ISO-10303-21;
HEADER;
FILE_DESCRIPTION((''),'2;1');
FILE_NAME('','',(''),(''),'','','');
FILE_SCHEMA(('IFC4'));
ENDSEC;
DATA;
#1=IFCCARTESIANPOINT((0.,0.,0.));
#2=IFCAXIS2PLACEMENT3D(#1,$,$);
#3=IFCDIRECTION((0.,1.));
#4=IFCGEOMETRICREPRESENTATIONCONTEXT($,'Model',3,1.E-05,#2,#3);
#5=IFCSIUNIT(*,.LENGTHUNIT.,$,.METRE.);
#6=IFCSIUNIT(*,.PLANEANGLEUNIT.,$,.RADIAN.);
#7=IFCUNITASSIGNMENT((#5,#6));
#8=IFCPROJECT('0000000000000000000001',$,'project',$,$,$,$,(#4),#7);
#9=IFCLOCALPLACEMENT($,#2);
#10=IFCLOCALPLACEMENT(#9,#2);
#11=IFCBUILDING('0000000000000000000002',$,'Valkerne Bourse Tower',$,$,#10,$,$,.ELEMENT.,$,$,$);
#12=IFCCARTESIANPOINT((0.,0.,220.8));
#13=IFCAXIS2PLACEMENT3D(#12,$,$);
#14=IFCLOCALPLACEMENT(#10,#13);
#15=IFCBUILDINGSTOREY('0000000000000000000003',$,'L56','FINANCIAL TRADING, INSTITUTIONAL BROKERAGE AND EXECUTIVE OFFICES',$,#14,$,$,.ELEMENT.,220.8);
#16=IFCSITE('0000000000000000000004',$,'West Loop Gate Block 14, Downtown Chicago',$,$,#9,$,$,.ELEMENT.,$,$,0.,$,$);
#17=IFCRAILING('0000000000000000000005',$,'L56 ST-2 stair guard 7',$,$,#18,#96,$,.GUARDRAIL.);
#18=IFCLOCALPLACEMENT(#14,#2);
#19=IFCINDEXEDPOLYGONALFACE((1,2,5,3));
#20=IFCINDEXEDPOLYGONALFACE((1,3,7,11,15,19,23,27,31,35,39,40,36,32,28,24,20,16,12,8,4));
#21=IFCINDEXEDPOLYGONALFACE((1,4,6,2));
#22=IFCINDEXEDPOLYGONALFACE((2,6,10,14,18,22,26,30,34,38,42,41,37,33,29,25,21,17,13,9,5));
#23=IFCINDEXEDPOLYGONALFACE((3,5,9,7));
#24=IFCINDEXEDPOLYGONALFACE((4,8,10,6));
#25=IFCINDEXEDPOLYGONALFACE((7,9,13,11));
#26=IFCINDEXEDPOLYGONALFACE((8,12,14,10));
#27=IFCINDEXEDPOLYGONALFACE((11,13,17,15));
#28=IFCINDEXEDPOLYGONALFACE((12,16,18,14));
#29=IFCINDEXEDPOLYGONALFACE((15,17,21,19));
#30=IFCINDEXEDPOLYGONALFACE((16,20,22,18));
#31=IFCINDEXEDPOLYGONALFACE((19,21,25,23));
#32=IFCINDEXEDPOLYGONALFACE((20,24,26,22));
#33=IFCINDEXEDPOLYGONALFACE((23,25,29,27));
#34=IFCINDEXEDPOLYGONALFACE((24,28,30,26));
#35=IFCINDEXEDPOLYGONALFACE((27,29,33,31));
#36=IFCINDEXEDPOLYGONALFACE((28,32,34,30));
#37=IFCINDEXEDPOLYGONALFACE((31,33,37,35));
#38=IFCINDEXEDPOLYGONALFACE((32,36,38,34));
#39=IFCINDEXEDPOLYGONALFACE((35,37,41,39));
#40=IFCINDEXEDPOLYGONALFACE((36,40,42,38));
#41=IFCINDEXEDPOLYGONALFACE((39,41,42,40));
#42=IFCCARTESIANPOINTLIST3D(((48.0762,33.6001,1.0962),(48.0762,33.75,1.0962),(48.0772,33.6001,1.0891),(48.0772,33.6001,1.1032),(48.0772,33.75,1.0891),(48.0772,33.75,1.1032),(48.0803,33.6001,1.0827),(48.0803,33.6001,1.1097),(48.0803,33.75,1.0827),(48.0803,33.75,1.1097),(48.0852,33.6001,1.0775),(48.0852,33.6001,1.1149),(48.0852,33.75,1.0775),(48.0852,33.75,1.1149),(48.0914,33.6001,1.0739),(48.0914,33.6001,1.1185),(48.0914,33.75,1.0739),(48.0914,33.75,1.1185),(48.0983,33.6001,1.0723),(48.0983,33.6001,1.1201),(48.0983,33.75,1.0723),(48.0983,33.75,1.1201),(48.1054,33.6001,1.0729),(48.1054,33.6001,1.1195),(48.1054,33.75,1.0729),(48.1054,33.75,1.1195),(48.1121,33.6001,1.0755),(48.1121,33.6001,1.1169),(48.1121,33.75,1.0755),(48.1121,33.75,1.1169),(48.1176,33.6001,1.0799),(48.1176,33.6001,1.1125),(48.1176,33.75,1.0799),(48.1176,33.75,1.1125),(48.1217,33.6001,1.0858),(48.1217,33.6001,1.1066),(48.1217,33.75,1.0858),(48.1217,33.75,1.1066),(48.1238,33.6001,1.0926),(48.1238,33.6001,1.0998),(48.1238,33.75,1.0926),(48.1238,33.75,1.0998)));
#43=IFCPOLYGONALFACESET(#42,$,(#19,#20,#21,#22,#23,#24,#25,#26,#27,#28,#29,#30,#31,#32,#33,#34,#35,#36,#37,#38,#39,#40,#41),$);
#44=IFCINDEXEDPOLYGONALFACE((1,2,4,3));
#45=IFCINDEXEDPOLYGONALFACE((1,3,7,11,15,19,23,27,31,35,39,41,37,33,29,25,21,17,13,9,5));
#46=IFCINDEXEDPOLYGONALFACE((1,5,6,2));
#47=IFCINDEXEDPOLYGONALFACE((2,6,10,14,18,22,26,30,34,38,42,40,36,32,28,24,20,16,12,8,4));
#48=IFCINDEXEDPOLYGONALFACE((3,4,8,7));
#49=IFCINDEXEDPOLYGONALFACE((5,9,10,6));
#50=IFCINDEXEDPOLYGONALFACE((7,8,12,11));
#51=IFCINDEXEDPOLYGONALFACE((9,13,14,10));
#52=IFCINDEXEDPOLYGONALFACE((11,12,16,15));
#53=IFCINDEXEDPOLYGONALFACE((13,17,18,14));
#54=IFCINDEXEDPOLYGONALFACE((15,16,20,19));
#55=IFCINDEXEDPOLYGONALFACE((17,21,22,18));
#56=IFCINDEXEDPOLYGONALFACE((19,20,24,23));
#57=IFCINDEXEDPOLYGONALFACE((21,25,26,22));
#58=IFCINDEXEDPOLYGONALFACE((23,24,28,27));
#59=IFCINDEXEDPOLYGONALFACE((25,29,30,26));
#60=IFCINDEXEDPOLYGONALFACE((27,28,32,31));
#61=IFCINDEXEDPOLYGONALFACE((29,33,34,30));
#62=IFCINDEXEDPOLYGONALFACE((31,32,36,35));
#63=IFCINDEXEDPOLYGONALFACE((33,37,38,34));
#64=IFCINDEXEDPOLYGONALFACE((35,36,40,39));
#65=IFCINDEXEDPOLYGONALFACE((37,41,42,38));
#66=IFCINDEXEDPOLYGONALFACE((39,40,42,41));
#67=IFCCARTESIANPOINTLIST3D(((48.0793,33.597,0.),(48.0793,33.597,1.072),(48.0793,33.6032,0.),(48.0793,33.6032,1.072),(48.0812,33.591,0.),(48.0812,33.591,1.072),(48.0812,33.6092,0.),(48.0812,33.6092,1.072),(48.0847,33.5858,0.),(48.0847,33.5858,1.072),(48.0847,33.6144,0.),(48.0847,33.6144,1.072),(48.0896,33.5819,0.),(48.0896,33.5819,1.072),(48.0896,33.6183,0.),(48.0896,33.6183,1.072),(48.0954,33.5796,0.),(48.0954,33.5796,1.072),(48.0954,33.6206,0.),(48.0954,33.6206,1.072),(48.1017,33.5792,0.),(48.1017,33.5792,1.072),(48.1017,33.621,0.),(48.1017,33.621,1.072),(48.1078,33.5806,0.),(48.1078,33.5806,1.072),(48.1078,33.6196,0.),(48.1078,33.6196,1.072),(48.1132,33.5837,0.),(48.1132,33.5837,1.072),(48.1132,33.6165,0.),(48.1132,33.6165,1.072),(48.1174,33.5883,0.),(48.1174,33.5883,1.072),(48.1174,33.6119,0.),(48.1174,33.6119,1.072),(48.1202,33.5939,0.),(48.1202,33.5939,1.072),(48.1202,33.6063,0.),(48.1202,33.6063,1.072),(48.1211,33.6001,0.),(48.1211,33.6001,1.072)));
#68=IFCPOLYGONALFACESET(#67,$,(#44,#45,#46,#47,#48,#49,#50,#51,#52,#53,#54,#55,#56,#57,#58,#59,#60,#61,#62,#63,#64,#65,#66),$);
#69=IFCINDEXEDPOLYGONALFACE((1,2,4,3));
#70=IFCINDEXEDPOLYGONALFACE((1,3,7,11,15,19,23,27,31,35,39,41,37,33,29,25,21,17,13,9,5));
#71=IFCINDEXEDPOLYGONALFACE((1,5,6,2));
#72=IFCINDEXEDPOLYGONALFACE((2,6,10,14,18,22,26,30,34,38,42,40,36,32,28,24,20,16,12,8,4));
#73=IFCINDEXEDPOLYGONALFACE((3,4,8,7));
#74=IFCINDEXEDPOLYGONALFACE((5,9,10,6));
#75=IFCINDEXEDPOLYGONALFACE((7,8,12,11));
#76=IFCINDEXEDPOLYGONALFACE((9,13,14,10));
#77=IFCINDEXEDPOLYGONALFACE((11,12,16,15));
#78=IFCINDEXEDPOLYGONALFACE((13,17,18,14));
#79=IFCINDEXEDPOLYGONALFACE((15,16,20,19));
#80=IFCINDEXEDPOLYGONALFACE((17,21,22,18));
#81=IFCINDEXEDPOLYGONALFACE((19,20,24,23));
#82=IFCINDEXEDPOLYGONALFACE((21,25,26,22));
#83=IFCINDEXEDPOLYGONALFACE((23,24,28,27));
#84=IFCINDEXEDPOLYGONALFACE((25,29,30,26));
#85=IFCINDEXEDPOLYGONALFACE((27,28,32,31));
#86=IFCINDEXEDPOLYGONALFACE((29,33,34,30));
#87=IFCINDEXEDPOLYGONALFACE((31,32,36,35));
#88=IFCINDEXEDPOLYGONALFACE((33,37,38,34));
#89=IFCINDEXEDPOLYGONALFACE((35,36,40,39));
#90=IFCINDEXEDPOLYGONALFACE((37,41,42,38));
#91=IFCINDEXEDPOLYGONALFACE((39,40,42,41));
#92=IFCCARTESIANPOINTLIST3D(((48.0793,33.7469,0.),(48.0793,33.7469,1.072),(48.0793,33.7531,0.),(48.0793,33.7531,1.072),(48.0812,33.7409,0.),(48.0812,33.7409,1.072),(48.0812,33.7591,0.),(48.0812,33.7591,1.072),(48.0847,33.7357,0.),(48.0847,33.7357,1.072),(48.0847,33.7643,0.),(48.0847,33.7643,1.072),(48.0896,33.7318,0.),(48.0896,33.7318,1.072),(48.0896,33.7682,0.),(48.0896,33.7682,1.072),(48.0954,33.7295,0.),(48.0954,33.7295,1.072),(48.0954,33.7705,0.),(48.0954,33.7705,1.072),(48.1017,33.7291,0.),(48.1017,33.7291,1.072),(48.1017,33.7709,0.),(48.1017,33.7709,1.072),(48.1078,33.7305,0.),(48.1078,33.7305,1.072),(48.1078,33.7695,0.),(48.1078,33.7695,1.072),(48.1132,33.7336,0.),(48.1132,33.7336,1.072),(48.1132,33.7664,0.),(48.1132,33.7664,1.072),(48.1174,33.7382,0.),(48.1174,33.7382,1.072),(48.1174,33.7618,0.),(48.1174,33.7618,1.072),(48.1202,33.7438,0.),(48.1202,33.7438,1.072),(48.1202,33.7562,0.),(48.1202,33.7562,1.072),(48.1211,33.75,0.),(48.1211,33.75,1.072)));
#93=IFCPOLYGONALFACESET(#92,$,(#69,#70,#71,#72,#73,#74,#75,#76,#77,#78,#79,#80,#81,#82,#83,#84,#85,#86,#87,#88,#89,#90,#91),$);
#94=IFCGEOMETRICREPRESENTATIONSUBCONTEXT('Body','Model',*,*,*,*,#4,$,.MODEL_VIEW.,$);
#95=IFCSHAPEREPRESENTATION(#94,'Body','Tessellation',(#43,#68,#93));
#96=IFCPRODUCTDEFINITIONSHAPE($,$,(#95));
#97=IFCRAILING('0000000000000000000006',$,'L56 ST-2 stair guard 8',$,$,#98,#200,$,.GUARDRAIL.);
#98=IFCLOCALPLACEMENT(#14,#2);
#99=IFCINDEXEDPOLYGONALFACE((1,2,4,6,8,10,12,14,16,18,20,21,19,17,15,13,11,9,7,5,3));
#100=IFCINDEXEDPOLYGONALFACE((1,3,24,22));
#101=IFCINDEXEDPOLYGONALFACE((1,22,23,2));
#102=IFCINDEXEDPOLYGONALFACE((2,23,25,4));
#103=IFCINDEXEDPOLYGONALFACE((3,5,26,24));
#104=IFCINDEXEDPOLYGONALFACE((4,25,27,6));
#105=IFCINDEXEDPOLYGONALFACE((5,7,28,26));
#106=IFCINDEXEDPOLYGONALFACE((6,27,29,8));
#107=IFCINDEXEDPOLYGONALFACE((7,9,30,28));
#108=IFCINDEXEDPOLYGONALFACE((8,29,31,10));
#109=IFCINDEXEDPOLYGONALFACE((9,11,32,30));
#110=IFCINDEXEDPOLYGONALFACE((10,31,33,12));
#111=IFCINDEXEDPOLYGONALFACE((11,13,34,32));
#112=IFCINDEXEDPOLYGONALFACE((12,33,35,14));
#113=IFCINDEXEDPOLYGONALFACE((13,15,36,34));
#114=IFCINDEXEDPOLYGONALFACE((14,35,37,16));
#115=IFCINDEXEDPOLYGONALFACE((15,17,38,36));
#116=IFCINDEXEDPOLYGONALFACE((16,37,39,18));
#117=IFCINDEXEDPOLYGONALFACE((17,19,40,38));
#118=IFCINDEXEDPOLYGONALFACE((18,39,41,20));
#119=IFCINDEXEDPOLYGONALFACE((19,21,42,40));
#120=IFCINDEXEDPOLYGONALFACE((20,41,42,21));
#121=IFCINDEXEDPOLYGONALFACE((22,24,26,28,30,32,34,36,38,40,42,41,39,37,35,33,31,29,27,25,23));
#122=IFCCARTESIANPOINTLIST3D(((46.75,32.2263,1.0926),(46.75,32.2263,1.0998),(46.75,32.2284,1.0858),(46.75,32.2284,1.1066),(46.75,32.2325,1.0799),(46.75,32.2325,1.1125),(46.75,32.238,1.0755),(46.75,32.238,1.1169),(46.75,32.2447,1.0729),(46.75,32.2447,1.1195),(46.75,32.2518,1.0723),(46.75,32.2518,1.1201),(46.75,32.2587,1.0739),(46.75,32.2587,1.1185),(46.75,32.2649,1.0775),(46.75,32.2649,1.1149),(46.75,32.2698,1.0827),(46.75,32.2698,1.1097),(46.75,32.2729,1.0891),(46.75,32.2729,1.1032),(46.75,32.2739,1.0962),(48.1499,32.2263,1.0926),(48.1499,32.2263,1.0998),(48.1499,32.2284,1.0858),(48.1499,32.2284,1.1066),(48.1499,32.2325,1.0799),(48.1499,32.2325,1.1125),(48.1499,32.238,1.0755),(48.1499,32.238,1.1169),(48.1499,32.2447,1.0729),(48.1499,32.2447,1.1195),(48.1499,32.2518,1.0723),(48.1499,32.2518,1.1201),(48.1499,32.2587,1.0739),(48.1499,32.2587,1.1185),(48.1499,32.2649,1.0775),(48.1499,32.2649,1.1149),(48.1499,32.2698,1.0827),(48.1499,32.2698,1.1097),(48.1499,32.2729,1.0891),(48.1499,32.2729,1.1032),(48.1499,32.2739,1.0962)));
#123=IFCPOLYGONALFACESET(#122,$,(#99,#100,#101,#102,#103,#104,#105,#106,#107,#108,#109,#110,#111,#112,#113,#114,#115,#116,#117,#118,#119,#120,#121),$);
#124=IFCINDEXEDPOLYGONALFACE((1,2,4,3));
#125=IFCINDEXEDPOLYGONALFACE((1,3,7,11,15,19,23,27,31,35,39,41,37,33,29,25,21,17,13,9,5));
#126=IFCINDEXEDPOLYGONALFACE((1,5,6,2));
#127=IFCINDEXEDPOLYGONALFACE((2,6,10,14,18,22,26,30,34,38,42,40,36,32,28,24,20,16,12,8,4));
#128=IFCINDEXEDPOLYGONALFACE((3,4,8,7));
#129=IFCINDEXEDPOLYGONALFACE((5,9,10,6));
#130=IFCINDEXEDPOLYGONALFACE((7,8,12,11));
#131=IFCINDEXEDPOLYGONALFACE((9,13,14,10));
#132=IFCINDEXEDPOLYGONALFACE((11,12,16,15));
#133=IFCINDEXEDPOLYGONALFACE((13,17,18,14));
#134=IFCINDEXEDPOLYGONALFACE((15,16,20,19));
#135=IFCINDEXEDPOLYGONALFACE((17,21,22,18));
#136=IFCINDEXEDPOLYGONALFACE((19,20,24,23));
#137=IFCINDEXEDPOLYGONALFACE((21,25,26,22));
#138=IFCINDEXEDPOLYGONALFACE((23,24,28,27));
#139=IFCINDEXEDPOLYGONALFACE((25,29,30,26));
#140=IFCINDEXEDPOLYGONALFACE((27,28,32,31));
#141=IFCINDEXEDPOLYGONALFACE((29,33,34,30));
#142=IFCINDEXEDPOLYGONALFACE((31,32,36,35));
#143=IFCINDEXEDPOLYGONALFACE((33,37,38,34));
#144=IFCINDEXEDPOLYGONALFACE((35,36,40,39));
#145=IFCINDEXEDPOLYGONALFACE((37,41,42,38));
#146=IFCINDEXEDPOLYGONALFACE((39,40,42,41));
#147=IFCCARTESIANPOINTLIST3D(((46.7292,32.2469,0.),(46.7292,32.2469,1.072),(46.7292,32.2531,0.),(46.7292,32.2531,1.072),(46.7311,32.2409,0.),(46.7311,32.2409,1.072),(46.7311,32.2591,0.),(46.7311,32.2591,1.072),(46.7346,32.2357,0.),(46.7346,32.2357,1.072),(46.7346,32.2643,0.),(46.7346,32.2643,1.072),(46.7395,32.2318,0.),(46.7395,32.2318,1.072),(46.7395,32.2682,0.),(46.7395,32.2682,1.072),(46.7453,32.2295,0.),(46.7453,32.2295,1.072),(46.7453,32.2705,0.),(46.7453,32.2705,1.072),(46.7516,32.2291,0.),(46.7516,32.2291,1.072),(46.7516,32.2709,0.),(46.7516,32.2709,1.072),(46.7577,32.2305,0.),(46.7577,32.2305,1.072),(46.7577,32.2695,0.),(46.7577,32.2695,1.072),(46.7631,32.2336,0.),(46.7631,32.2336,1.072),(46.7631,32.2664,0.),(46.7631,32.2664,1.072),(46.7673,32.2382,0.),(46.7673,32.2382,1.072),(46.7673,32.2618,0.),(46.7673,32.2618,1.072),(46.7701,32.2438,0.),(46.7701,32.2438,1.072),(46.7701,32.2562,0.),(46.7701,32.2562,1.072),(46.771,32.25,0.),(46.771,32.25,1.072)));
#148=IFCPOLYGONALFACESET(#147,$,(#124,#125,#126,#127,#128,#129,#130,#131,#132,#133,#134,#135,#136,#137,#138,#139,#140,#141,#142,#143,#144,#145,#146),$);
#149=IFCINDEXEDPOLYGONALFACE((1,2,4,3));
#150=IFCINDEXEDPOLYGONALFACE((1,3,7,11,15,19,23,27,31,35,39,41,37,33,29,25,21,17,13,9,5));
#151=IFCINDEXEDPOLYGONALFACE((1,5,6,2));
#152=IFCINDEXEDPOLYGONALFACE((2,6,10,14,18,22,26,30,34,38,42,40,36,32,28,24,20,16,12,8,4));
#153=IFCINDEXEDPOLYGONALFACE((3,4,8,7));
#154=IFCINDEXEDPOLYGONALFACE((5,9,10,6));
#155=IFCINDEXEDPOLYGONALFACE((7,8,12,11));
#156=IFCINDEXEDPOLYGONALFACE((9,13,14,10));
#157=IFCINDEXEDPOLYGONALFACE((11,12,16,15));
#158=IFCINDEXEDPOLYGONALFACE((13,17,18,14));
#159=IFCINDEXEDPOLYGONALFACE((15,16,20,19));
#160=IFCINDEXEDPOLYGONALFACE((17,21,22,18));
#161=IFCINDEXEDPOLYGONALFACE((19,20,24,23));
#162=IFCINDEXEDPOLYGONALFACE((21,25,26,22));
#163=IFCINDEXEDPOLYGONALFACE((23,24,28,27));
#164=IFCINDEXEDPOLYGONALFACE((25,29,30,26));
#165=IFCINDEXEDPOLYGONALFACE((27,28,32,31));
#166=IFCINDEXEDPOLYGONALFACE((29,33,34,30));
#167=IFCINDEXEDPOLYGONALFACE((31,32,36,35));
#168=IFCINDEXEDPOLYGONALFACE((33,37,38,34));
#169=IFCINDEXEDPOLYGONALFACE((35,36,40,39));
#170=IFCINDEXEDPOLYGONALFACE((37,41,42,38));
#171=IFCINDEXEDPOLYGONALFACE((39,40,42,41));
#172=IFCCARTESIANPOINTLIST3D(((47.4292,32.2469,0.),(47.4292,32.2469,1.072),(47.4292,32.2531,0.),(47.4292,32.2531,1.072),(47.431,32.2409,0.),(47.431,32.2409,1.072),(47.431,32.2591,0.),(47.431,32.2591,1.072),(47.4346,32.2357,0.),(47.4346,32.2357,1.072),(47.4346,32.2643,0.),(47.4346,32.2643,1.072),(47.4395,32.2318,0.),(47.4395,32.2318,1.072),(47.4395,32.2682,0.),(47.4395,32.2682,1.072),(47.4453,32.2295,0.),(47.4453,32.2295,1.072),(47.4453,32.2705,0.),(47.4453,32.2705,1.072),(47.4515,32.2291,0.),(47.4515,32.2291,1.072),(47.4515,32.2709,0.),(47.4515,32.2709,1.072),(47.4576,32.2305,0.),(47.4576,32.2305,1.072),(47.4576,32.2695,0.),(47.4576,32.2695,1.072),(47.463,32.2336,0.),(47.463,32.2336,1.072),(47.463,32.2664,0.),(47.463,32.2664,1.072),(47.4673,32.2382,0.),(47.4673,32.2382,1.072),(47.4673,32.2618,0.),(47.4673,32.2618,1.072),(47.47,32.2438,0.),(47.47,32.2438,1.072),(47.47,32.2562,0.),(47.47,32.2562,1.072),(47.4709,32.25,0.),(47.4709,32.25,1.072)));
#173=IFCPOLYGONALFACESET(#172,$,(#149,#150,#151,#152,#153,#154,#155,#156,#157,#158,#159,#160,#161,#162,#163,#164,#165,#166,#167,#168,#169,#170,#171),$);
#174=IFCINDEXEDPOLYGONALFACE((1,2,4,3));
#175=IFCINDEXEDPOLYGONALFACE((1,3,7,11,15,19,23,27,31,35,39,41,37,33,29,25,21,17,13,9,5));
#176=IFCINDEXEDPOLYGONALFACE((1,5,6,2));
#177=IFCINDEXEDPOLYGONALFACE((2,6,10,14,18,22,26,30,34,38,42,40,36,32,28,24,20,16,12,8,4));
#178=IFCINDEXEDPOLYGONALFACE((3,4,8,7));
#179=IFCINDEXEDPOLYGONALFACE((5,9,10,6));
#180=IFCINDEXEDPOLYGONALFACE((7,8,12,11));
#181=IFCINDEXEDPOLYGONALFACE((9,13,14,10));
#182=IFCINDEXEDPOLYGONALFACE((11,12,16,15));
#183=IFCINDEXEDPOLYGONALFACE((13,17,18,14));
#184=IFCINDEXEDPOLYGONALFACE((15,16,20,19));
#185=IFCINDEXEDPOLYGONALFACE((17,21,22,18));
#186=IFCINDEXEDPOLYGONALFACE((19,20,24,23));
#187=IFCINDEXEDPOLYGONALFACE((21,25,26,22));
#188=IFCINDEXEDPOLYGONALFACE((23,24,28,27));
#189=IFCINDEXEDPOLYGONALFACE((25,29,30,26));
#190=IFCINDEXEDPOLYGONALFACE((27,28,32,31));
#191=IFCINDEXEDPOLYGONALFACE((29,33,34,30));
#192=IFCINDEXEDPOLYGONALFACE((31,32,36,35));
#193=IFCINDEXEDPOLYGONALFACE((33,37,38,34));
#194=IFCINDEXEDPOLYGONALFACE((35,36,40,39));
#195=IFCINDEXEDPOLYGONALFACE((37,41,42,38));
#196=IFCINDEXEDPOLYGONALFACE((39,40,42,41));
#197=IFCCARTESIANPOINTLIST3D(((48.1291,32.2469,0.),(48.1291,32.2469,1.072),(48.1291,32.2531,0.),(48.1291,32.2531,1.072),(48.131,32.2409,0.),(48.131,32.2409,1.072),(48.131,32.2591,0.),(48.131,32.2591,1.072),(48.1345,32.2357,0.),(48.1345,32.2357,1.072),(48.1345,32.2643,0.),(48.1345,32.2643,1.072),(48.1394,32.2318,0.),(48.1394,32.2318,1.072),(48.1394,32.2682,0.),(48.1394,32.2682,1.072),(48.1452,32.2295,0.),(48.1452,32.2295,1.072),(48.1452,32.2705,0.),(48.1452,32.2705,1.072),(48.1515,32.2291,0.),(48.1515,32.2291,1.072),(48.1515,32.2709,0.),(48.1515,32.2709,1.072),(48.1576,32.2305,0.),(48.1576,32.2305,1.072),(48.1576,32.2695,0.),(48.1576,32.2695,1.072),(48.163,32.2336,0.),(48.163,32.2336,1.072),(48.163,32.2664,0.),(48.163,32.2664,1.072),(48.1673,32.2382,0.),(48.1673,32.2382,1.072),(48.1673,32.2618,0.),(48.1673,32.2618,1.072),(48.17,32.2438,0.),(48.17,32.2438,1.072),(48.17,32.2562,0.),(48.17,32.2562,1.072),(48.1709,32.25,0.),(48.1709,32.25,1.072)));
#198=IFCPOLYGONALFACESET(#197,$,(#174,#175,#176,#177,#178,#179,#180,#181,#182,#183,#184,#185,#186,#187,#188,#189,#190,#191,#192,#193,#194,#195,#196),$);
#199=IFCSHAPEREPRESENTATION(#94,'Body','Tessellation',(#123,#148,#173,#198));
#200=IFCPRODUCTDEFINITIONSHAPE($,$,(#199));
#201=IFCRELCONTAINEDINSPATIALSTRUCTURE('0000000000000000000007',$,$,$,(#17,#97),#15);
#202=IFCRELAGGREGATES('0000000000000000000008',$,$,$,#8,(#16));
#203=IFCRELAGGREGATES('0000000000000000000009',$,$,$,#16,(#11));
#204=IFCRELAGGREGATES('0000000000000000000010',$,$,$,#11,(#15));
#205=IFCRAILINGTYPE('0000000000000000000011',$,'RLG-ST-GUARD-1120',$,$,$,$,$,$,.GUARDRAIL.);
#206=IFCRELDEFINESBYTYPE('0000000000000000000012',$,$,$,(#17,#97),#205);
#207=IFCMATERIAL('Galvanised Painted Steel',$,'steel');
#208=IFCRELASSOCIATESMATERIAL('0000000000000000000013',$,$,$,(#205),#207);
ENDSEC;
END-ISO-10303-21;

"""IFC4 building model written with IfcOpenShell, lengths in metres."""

from ifc_helpers import new_model, si_unit, direction, frame, origin, origin_2d, place, context, subcontext, project, spatial, circle, extrude, material, type_object, element, save


model = new_model("IFC4")

# Units and contexts
model_context = context("Model", 3, precision=1e-05, world=origin(), true_north=direction((0.0, 1.0)))
body_context = subcontext(model_context, "Body", "Model", "MODEL_VIEW")
ifc_project = project(units=[si_unit("LENGTHUNIT", "METRE"), si_unit("PLANEANGLEUNIT", "RADIAN")], contexts=[model_context])

# Site, building, storey
site_placement = place(None, origin())
site = spatial("IfcSite", under=ifc_project, at=site_placement, Name="West Loop Gate Block 14, Downtown Chicago", CompositionType="ELEMENT", RefElevation=0.0)
building_placement = place(site_placement, origin())
building = spatial("IfcBuilding", under=site, at=building_placement, Name="Valkerne Bourse Tower", CompositionType="ELEMENT")
storey_placement = place(building_placement, frame((0.0, 0.0, 220.8)))
storey = spatial("IfcBuildingStorey", under=building, at=storey_placement, Name="L56", Description="FINANCIAL TRADING, INSTITUTIONAL BROKERAGE AND EXECUTIVE OFFICES", CompositionType="ELEMENT", Elevation=220.8)

# Shared definitions
ifc_material_1 = material(Name="Galvanised Painted Steel", Category="steel")

# Railings
railing_type_1 = type_object("IfcRailingType", Name="RLG-ST-GUARD-1120", PredefinedType="GUARDRAIL", material=ifc_material_1)
railing_1_placement = place(storey_placement, frame((48.1001, 33.6001, 0.0)))
element("IfcRailing", 1, at=railing_1_placement, inside=storey, type_object=railing_type_1, Name="L56 ST-2 stair guard 7", PredefinedType="GUARDRAIL", context=body_context, shape_type="SweptSolid", body=[
    extrude(circle(Radius=0.0239, at=origin_2d()), frame((0.0, 0.0, 1.0962), z_axis=(0.0, 1.0, 0.0), x_axis=(-1.0, 0.0, 0.0)), (0.0, 0.0, 1.0), 0.1499),
    extrude(circle(Radius=0.021, at=origin_2d()), origin(), (0.0, 0.0, 1.0), 1.072),
    extrude(circle(Radius=0.021, at=origin_2d()), frame((0.0, 0.1499, 0.0)), (0.0, 0.0, 1.0), 1.072),
])
for number, where, name in (
    (2, (46.75, 32.25, 0.0), "L56 ST-2 stair guard 8"),
):
    element("IfcRailing", number, at=place(storey_placement, frame(where)), inside=storey, type_object=railing_type_1, Name=name, PredefinedType="GUARDRAIL", context=body_context, shape_type="SweptSolid", body=[
        extrude(circle(Radius=0.0239, at=origin_2d()), frame((0.0, 0.0, 1.0962), z_axis=(1.0, 0.0, 0.0), x_axis=(0.0, 1.0, 0.0)), (0.0, 0.0, 1.0), 1.3999),
        extrude(circle(Radius=0.021, at=origin_2d()), origin(), (0.0, 0.0, 1.0), 1.072),
        extrude(circle(Radius=0.021, at=origin_2d()), frame((0.7, 0.0, 0.0)), (0.0, 0.0, 1.0), 1.072),
        extrude(circle(Radius=0.021, at=origin_2d()), frame((1.3999, 0.0, 0.0)), (0.0, 0.0, 1.0), 1.072),
    ])

save(model, "model.ifc")
